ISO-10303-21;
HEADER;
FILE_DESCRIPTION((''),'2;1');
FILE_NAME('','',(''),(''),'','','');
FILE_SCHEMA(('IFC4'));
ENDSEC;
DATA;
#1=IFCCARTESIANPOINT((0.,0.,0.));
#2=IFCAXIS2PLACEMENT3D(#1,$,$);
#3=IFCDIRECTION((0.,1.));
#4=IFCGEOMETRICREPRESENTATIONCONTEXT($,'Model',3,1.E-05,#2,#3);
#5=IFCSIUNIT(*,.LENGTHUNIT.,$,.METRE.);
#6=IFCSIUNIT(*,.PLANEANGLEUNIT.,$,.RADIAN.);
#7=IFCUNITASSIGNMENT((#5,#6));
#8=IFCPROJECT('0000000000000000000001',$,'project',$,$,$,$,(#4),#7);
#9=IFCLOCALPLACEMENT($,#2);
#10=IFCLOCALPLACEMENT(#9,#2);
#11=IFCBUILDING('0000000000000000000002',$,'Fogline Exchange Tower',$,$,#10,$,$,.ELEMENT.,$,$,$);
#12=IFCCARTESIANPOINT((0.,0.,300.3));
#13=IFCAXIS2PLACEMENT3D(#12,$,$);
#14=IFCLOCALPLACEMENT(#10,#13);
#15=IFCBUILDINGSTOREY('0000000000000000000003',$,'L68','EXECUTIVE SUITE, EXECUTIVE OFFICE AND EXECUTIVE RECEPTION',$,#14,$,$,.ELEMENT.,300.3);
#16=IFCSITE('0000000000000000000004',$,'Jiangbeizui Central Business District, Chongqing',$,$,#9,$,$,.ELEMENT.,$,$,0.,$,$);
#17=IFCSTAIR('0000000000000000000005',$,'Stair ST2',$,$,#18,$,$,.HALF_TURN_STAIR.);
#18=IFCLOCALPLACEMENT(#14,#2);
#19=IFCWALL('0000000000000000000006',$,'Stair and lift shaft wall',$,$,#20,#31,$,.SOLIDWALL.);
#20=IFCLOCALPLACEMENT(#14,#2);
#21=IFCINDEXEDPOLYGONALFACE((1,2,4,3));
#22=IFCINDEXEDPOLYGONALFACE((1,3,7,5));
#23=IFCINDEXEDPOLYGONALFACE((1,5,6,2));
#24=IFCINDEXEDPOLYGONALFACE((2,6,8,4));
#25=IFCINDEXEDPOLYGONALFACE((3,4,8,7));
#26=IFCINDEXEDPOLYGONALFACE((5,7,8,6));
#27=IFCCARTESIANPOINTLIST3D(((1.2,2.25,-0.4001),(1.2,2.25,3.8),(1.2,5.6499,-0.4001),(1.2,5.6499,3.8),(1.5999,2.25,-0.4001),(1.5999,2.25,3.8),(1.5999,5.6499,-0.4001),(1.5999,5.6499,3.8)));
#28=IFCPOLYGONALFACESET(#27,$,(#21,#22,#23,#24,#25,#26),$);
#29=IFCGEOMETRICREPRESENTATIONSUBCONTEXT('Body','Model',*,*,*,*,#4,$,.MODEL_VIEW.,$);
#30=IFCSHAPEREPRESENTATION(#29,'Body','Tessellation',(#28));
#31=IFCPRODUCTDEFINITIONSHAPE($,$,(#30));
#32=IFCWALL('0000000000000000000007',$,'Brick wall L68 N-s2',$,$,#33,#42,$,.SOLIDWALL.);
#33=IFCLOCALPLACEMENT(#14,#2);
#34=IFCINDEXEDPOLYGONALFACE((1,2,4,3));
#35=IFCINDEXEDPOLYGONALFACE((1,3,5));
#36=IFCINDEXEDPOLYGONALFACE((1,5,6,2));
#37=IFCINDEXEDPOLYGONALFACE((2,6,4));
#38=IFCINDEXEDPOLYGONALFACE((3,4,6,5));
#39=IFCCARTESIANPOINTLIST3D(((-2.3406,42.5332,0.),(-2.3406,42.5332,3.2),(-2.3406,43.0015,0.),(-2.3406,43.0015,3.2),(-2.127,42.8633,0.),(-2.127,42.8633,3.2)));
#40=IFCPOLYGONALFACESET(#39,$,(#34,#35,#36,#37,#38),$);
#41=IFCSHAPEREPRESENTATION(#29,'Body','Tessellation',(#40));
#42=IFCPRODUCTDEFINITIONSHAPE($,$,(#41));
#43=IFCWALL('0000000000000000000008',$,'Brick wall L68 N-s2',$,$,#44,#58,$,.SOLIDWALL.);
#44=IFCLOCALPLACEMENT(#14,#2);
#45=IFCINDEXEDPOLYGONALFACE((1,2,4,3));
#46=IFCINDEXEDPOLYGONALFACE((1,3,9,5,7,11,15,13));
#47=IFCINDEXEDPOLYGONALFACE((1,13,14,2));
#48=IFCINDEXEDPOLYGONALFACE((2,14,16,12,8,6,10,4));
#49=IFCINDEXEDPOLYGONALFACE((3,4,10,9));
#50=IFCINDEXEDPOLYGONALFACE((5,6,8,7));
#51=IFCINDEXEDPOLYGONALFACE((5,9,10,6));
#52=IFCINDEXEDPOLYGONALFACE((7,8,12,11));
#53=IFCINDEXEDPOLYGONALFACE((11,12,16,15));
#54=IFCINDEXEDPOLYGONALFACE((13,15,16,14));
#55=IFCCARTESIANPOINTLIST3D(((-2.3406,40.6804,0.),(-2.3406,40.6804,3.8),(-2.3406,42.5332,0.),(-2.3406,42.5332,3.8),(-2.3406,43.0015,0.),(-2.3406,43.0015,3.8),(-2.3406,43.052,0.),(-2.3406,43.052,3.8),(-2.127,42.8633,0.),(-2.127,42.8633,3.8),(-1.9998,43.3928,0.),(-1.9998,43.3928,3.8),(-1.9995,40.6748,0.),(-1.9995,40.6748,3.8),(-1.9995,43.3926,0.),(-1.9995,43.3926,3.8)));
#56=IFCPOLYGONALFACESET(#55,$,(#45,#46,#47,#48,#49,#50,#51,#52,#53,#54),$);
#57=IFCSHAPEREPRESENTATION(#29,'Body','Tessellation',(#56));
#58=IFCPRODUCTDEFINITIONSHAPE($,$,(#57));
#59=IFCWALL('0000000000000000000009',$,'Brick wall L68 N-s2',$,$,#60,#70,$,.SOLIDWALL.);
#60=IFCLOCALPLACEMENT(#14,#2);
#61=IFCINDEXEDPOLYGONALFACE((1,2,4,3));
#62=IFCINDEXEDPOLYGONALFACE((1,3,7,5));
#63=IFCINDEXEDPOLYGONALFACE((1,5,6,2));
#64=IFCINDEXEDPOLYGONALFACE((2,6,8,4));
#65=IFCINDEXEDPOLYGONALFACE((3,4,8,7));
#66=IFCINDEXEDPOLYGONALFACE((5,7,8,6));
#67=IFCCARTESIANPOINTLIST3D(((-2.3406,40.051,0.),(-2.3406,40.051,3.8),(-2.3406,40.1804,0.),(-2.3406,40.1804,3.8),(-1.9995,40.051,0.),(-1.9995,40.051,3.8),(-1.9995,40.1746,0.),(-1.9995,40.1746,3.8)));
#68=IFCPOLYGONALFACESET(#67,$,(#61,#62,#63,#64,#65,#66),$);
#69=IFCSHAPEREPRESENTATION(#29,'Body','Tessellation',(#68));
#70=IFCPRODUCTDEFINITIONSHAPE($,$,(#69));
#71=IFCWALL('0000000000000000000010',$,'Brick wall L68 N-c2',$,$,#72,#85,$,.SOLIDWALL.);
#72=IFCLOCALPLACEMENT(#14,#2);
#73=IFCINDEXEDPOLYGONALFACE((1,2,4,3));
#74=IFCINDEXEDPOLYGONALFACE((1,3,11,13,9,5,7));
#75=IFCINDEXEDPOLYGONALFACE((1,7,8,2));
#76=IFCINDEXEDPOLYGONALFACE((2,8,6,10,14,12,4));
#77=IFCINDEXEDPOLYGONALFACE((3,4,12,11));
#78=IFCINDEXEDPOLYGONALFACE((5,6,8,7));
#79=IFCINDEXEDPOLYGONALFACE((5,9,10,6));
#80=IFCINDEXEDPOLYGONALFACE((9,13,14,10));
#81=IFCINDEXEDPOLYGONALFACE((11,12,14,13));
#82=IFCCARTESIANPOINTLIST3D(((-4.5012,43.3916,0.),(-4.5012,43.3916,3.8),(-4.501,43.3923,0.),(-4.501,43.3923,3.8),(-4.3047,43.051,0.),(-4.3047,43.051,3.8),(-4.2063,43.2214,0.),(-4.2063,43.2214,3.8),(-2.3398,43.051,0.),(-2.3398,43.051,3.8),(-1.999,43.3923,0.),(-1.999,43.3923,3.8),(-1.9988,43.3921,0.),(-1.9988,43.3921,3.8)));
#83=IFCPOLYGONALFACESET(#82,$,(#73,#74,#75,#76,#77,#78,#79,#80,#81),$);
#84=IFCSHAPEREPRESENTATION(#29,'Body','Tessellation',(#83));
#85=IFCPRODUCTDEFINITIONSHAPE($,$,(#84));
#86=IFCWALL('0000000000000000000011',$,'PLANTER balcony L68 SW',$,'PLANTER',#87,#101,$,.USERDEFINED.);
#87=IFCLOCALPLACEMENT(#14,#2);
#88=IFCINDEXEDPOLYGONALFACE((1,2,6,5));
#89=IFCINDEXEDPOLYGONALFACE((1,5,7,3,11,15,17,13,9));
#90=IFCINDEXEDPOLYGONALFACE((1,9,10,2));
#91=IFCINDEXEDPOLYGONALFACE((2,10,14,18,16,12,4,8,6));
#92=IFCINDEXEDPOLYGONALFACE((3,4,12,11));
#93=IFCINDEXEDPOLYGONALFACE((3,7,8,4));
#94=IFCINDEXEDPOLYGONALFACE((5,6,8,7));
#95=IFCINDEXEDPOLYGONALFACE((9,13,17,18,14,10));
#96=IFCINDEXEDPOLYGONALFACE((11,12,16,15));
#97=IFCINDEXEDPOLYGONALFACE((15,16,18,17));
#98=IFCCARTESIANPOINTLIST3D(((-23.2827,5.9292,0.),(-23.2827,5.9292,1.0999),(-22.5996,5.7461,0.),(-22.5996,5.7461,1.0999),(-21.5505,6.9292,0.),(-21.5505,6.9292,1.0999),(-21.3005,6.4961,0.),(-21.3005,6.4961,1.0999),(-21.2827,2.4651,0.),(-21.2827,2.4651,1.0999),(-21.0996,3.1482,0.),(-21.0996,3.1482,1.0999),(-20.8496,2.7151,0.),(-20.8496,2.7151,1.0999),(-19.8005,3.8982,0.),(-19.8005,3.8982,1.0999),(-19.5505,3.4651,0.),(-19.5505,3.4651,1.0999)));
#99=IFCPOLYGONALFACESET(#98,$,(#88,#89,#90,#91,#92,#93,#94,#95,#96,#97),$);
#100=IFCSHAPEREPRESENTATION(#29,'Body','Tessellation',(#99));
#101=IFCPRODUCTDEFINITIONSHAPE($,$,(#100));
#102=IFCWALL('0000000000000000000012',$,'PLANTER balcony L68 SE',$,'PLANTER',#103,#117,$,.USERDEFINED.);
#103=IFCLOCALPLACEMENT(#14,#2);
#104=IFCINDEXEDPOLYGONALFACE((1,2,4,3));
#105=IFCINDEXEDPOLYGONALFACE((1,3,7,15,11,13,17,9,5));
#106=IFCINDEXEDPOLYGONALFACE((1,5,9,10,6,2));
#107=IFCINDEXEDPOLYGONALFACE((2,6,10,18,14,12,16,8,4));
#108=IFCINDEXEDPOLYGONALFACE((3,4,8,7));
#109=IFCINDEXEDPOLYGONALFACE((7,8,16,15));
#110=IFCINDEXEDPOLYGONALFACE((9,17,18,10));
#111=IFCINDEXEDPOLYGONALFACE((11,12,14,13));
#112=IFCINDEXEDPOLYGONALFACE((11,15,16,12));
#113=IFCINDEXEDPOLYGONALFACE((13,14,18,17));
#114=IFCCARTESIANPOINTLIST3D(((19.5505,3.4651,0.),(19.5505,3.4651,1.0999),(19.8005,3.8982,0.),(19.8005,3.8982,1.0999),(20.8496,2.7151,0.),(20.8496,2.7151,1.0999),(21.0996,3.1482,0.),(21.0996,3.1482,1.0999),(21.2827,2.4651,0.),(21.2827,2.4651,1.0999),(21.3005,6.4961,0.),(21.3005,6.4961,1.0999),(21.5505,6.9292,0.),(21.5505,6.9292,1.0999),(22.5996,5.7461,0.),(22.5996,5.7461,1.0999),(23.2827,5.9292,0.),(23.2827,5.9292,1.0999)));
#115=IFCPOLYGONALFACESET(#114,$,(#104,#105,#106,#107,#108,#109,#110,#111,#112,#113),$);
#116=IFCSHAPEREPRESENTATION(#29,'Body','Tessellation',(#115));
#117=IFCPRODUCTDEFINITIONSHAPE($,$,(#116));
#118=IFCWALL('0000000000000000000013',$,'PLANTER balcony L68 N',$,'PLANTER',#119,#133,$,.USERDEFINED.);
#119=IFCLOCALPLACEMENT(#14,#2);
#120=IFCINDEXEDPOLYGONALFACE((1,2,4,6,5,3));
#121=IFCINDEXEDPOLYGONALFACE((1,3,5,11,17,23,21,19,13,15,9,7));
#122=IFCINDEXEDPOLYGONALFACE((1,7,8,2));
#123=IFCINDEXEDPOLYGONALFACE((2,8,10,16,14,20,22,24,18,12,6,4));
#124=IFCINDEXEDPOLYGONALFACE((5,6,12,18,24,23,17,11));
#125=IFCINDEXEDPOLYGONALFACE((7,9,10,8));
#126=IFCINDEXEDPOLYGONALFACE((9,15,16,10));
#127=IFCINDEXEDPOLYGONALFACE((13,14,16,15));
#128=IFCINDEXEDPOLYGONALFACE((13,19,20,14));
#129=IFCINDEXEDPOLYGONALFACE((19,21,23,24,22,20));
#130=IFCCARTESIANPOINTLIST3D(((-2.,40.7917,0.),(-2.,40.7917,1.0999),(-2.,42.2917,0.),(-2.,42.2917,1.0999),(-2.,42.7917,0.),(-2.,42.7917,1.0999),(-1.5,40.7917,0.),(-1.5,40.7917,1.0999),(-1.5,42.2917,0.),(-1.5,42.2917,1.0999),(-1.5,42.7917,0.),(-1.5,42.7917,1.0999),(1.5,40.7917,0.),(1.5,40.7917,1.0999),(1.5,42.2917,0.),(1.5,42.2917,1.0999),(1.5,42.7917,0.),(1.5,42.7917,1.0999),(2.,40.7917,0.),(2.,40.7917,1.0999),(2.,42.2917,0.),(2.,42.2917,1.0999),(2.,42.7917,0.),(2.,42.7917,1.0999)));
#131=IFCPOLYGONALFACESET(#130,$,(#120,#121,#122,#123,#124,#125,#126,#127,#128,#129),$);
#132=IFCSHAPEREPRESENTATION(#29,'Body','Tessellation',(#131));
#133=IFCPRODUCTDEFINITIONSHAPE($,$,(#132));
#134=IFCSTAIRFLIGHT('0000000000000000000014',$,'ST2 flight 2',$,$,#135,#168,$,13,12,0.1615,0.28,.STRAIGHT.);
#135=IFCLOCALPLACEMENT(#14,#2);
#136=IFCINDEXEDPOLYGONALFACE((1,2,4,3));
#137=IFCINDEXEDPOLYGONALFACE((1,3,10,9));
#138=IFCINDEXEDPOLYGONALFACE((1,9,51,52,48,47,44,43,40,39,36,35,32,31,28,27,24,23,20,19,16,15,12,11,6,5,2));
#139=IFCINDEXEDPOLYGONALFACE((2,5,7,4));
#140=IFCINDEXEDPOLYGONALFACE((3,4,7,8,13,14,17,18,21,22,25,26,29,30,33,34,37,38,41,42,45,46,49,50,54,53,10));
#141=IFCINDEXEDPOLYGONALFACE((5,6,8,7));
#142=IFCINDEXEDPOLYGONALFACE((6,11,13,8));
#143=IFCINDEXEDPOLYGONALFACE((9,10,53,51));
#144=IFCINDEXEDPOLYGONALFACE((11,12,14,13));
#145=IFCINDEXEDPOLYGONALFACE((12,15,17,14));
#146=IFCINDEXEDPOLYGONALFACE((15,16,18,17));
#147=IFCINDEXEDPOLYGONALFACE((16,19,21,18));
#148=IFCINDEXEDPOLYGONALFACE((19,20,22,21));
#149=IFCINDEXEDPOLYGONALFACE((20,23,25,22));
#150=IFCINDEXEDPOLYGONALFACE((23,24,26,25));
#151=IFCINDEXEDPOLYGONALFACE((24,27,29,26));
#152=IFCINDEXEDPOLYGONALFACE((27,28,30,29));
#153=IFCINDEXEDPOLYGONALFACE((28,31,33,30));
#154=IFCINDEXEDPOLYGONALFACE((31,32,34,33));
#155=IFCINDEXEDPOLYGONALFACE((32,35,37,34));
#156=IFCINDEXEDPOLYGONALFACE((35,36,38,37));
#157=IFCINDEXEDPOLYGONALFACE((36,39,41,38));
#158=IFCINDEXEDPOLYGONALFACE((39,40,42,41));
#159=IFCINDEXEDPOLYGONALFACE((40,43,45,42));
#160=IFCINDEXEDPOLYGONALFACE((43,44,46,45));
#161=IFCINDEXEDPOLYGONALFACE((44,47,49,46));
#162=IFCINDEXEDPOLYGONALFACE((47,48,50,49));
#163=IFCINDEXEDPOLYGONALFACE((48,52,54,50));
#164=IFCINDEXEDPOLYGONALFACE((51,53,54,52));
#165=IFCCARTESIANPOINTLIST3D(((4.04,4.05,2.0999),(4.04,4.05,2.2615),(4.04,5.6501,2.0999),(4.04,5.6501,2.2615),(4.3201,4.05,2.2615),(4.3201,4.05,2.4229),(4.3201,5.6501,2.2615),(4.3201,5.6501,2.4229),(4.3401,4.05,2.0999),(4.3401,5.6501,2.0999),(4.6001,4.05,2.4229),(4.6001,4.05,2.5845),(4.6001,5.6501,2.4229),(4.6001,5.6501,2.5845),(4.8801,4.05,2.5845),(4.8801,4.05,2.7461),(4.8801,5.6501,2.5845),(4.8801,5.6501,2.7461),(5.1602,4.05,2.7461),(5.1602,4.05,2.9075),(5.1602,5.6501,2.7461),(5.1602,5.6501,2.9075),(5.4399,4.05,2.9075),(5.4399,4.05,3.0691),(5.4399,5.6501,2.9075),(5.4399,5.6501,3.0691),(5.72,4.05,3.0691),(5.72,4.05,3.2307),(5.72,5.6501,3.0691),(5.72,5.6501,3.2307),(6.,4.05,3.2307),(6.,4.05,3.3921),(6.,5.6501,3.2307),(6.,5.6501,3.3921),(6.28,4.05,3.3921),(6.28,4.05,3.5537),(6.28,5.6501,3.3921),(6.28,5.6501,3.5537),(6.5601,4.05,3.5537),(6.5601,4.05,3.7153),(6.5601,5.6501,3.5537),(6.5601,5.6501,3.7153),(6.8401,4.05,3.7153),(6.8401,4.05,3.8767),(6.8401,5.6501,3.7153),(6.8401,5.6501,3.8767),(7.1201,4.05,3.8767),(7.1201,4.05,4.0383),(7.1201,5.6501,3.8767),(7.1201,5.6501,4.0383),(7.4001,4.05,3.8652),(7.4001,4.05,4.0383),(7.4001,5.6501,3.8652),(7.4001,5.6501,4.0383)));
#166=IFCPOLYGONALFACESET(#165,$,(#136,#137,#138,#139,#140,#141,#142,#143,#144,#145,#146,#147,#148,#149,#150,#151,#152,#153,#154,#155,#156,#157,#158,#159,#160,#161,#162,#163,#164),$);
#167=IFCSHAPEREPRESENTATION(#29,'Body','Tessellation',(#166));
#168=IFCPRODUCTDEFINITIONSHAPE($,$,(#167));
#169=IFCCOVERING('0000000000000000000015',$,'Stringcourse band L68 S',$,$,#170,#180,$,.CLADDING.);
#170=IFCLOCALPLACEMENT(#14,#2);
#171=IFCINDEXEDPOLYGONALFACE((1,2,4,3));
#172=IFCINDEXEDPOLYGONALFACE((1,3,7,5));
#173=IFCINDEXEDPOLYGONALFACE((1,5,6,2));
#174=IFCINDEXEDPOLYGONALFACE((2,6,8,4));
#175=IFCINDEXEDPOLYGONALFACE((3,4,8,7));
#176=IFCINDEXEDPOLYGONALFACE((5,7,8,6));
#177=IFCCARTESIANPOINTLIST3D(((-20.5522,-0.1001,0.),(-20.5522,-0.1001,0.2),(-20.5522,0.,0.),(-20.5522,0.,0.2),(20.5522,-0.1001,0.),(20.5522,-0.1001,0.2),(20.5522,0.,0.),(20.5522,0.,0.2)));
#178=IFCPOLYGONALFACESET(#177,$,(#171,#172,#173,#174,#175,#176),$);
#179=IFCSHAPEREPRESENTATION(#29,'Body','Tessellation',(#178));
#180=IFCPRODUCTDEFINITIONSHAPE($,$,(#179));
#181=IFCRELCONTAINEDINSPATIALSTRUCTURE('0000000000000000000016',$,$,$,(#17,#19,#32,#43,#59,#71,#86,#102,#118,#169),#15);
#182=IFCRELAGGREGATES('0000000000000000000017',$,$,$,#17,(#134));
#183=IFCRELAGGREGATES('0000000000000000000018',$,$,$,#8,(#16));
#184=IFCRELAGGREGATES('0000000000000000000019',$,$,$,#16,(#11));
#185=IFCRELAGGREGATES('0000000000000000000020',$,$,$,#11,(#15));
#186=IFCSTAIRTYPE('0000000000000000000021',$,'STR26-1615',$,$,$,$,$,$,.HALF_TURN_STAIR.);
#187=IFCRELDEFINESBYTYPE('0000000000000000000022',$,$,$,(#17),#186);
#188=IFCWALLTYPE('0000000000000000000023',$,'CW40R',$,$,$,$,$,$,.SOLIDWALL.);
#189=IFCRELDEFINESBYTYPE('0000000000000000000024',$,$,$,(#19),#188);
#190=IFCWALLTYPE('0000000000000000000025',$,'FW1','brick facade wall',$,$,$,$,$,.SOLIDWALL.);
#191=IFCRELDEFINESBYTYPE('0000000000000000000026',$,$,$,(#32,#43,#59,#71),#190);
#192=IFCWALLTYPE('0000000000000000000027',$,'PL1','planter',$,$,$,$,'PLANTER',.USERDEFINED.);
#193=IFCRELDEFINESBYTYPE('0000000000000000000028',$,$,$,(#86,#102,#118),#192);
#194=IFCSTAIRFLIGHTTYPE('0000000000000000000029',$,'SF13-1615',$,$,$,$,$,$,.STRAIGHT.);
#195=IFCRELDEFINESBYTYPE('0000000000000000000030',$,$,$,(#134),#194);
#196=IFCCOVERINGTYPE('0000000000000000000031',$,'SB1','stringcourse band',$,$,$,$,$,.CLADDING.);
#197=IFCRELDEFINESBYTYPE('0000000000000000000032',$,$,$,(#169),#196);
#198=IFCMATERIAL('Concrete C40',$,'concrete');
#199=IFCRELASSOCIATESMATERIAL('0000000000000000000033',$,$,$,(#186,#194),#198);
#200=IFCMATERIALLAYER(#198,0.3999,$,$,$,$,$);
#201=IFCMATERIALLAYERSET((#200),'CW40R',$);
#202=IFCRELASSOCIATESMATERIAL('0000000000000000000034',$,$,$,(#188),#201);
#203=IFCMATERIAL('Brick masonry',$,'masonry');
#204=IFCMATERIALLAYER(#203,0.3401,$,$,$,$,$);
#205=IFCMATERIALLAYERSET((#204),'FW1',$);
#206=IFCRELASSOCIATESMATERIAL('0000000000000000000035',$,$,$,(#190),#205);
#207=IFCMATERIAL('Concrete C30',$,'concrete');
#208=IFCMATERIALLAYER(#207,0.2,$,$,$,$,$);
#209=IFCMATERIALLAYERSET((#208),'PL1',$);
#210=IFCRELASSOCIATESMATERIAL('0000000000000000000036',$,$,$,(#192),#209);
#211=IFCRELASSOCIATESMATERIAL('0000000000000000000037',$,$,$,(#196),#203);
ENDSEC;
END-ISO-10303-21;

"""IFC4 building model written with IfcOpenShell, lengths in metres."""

from ifc_helpers import new_model, si_unit, direction, frame, frame_2d, origin, place, context, subcontext, project, spatial, polyline, rectangle, outline, extrude, material, layer, layer_set, type_object, element, aggregate, save


model = new_model("IFC4")

# Units and contexts
model_context = context("Model", 3, precision=1e-05, world=origin(), true_north=direction((0.0, 1.0)))
body_context = subcontext(model_context, "Body", "Model", "MODEL_VIEW")
ifc_project = project(units=[si_unit("LENGTHUNIT", "METRE"), si_unit("PLANEANGLEUNIT", "RADIAN")], contexts=[model_context])

# Site, building, storey
site_placement = place(None, origin())
site = spatial("IfcSite", under=ifc_project, at=site_placement, Name="Jiangbeizui Central Business District, Chongqing", CompositionType="ELEMENT", RefElevation=0.0)
building_placement = place(site_placement, origin())
building = spatial("IfcBuilding", under=site, at=building_placement, Name="Fogline Exchange Tower", CompositionType="ELEMENT")
storey_placement = place(building_placement, frame((0.0, 0.0, 300.3)))
storey = spatial("IfcBuildingStorey", under=building, at=storey_placement, Name="L68", Description="EXECUTIVE SUITE, EXECUTIVE OFFICE AND EXECUTIVE RECEPTION", CompositionType="ELEMENT", Elevation=300.3)

# Shared definitions
ifc_material_1 = material(Name="Concrete C40", Category="concrete")

# Stair
stair_type = type_object("IfcStairType", Name="STR26-1615", PredefinedType="HALF_TURN_STAIR", material=ifc_material_1)
stair_1_placement = place(storey_placement, origin())
stair_1 = element("IfcStair", 1, at=stair_1_placement, inside=storey, type_object=stair_type, Name="Stair ST2", PredefinedType="HALF_TURN_STAIR")

# Walls
ifc_layer_1 = layer(ifc_material_1, 0.3999)
ifc_layer_set_1 = layer_set([ifc_layer_1], Name="CW40R")
wall_type_1 = type_object("IfcWallType", Name="CW40R", PredefinedType="SOLIDWALL", material=ifc_layer_set_1)
wall_1_placement = place(storey_placement, frame((1.3999, 2.25, -0.4001), z_axis=(0.0, 0.0, 1.0), x_axis=(0.0, 1.0, 0.0)))
element("IfcWall", 2, at=wall_1_placement, inside=storey, type_object=wall_type_1, Name="Stair and lift shaft wall", PredefinedType="SOLIDWALL", context=body_context, shape_type="SweptSolid", body=[
    extrude(rectangle(XDim=3.3999, YDim=0.3999, at=frame_2d((1.7, 0.0))), origin(), (0.0, 0.0, 1.0), 4.2002),
])
ifc_material_2 = material(Name="Brick masonry", Category="masonry")
ifc_layer_2 = layer(ifc_material_2, 0.3401)
ifc_layer_set_2 = layer_set([ifc_layer_2], Name="FW1")
wall_type_2 = type_object("IfcWallType", Name="FW1", Description="brick facade wall", PredefinedType="SOLIDWALL", material=ifc_layer_set_2)
wall_2_placement = place(storey_placement, origin())
element("IfcWall", 3, at=wall_2_placement, inside=storey, type_object=wall_type_2, Name="Brick wall L68 N-s2", PredefinedType="SOLIDWALL", context=body_context, shape_type="SweptSolid", body=[
    extrude(outline(polyline([(-2.3406, 43.0015), (-2.127, 42.8633), (-2.3406, 42.5332), (-2.3406, 43.0015)])), origin(), (0.0, 0.0, 1.0), 3.2),
])
wall_3_placement = place(storey_placement, origin())
element("IfcWall", 4, at=wall_3_placement, inside=storey, type_object=wall_type_2, Name="Brick wall L68 N-s2", PredefinedType="SOLIDWALL", context=body_context, shape_type="SweptSolid", body=[
    extrude(outline(polyline([(-2.3406, 40.6804), (-2.3406, 42.5332), (-2.127, 42.8633), (-2.3406, 43.0015), (-2.3406, 43.052), (-1.9998, 43.3928), (-1.9995, 43.3926), (-1.9995, 40.6748), (-2.3406, 40.6804)])), origin(), (0.0, 0.0, 1.0), 3.8),
])
wall_4_placement = place(storey_placement, origin())
element("IfcWall", 5, at=wall_4_placement, inside=storey, type_object=wall_type_2, Name="Brick wall L68 N-s2", PredefinedType="SOLIDWALL", context=body_context, shape_type="SweptSolid", body=[
    extrude(outline(polyline([(-2.3406, 40.051), (-2.3406, 40.1804), (-1.9995, 40.1746), (-1.9995, 40.051), (-2.3406, 40.051)])), origin(), (0.0, 0.0, 1.0), 3.8),
])
wall_5_placement = place(storey_placement, origin())
element("IfcWall", 6, at=wall_5_placement, inside=storey, type_object=wall_type_2, Name="Brick wall L68 N-c2", PredefinedType="SOLIDWALL", context=body_context, shape_type="SweptSolid", body=[
    extrude(outline(polyline([(-4.3047, 43.051), (-4.2063, 43.2214), (-4.5012, 43.3916), (-4.501, 43.3923), (-1.999, 43.3923), (-1.9988, 43.3921), (-2.3398, 43.051), (-4.3047, 43.051)])), origin(), (0.0, 0.0, 1.0), 3.8),
])
ifc_material_3 = material(Name="Concrete C30", Category="concrete")
ifc_layer_3 = layer(ifc_material_3, 0.2)
ifc_layer_set_3 = layer_set([ifc_layer_3], Name="PL1")
wall_type_3 = type_object("IfcWallType", Name="PL1", Description="planter", ElementType="PLANTER", PredefinedType="USERDEFINED", material=ifc_layer_set_3)
wall_6_placement = place(storey_placement, origin())
element("IfcWall", 7, at=wall_6_placement, inside=storey, type_object=wall_type_3, Name="PLANTER balcony L68 SW", ObjectType="PLANTER", PredefinedType="USERDEFINED", context=body_context, shape_type="SweptSolid", body=[
    extrude(outline(polyline([(-19.8005, 3.8982), (-21.0996, 3.1482), (-22.5996, 5.7461), (-21.3005, 6.4961), (-21.5505, 6.9292), (-23.2827, 5.9292), (-21.2827, 2.4651), (-20.8496, 2.7151), (-20.8496, 2.7151), (-19.5505, 3.4651), (-19.8005, 3.8982)])), origin(), (0.0, 0.0, 1.0), 1.0999),
])
wall_7_placement = place(storey_placement, origin())
element("IfcWall", 8, at=wall_7_placement, inside=storey, type_object=wall_type_3, Name="PLANTER balcony L68 SE", ObjectType="PLANTER", PredefinedType="USERDEFINED", context=body_context, shape_type="SweptSolid", body=[
    extrude(outline(polyline([(19.5505, 3.4651), (20.8496, 2.7151), (20.8496, 2.7151), (21.2827, 2.4651), (23.2827, 5.9292), (21.5505, 6.9292), (21.3005, 6.4961), (22.5996, 5.7461), (21.0996, 3.1482), (19.8005, 3.8982), (19.5505, 3.4651)])), origin(), (0.0, 0.0, 1.0), 1.0999),
])
wall_8_placement = place(storey_placement, origin())
element("IfcWall", 9, at=wall_8_placement, inside=storey, type_object=wall_type_3, Name="PLANTER balcony L68 N", ObjectType="PLANTER", PredefinedType="USERDEFINED", context=body_context, shape_type="SweptSolid", body=[
    extrude(outline(polyline([(-1.5, 42.7917), (-2.0, 42.7917), (-2.0, 42.2917), (-2.0, 40.7917), (-1.5, 40.7917), (-1.5, 42.2917), (1.5, 42.2917), (1.5, 40.7917), (2.0, 40.7917), (2.0, 42.2917), (2.0, 42.7917), (1.5, 42.7917), (-1.5, 42.7917)])), origin(), (0.0, 0.0, 1.0), 1.0999),
])

# Stair flight
stair_flight_type = type_object("IfcStairFlightType", Name="SF13-1615", PredefinedType="STRAIGHT", material=ifc_material_1)
stair_flight_placement = place(storey_placement, frame((4.04, 4.8501, 2.0999), z_axis=(0.0, 0.0, 1.0), x_axis=(1.0, 0.0, 0.0)))
stair_flight = element("IfcStairFlight", 10, at=stair_flight_placement, type_object=stair_flight_type, Name="ST2 flight 2", NumberOfRisers=13, NumberOfTreads=12, PredefinedType="STRAIGHT", RiserHeight=0.1615, TreadLength=0.28, context=body_context, shape_type="SweptSolid", body=[
    extrude(outline(polyline([(0.0, 0.0), (0.0, 0.1616), (0.28, 0.1616), (0.28, 0.323), (0.5601, 0.323), (0.5601, 0.4846), (0.8401, 0.4846), (0.8401, 0.6462), (1.1201, 0.6462), (1.1201, 0.8076), (1.3999, 0.8076), (1.3999, 0.9692), (1.6799, 0.9692), (1.6799, 1.1309), (1.96, 1.1309), (1.96, 1.2922), (2.24, 1.2922), (2.24, 1.4539), (2.52, 1.4539), (2.52, 1.6155), (2.8, 1.6155), (2.8, 1.7769), (3.0801, 1.7769), (3.0801, 1.9385), (3.3601, 1.9385), (3.3601, 2.1001), (3.3601, 1.7654), (0.3, 0.0), (0.0, 0.0)])), frame((0.0, 0.8, 0.0), z_axis=(0.0, -1.0, 0.0), x_axis=(1.0, 0.0, 0.0)), (0.0, 0.0, 1.0), 1.6001),
])
aggregate(stair_1, [stair_flight])

# Covering
covering_type = type_object("IfcCoveringType", Name="SB1", Description="stringcourse band", PredefinedType="CLADDING", material=ifc_material_2)
covering_1_placement = place(storey_placement, origin())
element("IfcCovering", 11, at=covering_1_placement, inside=storey, type_object=covering_type, Name="Stringcourse band L68 S", PredefinedType="CLADDING", context=body_context, shape_type="SweptSolid", body=[
    extrude(outline(polyline([(-20.5522, 0.0), (-20.5522, -0.1001), (20.5522, -0.1001), (20.5522, 0.0), (-20.5522, 0.0)])), origin(), (0.0, 0.0, 1.0), 0.2),
])

save(model, "model.ifc")
